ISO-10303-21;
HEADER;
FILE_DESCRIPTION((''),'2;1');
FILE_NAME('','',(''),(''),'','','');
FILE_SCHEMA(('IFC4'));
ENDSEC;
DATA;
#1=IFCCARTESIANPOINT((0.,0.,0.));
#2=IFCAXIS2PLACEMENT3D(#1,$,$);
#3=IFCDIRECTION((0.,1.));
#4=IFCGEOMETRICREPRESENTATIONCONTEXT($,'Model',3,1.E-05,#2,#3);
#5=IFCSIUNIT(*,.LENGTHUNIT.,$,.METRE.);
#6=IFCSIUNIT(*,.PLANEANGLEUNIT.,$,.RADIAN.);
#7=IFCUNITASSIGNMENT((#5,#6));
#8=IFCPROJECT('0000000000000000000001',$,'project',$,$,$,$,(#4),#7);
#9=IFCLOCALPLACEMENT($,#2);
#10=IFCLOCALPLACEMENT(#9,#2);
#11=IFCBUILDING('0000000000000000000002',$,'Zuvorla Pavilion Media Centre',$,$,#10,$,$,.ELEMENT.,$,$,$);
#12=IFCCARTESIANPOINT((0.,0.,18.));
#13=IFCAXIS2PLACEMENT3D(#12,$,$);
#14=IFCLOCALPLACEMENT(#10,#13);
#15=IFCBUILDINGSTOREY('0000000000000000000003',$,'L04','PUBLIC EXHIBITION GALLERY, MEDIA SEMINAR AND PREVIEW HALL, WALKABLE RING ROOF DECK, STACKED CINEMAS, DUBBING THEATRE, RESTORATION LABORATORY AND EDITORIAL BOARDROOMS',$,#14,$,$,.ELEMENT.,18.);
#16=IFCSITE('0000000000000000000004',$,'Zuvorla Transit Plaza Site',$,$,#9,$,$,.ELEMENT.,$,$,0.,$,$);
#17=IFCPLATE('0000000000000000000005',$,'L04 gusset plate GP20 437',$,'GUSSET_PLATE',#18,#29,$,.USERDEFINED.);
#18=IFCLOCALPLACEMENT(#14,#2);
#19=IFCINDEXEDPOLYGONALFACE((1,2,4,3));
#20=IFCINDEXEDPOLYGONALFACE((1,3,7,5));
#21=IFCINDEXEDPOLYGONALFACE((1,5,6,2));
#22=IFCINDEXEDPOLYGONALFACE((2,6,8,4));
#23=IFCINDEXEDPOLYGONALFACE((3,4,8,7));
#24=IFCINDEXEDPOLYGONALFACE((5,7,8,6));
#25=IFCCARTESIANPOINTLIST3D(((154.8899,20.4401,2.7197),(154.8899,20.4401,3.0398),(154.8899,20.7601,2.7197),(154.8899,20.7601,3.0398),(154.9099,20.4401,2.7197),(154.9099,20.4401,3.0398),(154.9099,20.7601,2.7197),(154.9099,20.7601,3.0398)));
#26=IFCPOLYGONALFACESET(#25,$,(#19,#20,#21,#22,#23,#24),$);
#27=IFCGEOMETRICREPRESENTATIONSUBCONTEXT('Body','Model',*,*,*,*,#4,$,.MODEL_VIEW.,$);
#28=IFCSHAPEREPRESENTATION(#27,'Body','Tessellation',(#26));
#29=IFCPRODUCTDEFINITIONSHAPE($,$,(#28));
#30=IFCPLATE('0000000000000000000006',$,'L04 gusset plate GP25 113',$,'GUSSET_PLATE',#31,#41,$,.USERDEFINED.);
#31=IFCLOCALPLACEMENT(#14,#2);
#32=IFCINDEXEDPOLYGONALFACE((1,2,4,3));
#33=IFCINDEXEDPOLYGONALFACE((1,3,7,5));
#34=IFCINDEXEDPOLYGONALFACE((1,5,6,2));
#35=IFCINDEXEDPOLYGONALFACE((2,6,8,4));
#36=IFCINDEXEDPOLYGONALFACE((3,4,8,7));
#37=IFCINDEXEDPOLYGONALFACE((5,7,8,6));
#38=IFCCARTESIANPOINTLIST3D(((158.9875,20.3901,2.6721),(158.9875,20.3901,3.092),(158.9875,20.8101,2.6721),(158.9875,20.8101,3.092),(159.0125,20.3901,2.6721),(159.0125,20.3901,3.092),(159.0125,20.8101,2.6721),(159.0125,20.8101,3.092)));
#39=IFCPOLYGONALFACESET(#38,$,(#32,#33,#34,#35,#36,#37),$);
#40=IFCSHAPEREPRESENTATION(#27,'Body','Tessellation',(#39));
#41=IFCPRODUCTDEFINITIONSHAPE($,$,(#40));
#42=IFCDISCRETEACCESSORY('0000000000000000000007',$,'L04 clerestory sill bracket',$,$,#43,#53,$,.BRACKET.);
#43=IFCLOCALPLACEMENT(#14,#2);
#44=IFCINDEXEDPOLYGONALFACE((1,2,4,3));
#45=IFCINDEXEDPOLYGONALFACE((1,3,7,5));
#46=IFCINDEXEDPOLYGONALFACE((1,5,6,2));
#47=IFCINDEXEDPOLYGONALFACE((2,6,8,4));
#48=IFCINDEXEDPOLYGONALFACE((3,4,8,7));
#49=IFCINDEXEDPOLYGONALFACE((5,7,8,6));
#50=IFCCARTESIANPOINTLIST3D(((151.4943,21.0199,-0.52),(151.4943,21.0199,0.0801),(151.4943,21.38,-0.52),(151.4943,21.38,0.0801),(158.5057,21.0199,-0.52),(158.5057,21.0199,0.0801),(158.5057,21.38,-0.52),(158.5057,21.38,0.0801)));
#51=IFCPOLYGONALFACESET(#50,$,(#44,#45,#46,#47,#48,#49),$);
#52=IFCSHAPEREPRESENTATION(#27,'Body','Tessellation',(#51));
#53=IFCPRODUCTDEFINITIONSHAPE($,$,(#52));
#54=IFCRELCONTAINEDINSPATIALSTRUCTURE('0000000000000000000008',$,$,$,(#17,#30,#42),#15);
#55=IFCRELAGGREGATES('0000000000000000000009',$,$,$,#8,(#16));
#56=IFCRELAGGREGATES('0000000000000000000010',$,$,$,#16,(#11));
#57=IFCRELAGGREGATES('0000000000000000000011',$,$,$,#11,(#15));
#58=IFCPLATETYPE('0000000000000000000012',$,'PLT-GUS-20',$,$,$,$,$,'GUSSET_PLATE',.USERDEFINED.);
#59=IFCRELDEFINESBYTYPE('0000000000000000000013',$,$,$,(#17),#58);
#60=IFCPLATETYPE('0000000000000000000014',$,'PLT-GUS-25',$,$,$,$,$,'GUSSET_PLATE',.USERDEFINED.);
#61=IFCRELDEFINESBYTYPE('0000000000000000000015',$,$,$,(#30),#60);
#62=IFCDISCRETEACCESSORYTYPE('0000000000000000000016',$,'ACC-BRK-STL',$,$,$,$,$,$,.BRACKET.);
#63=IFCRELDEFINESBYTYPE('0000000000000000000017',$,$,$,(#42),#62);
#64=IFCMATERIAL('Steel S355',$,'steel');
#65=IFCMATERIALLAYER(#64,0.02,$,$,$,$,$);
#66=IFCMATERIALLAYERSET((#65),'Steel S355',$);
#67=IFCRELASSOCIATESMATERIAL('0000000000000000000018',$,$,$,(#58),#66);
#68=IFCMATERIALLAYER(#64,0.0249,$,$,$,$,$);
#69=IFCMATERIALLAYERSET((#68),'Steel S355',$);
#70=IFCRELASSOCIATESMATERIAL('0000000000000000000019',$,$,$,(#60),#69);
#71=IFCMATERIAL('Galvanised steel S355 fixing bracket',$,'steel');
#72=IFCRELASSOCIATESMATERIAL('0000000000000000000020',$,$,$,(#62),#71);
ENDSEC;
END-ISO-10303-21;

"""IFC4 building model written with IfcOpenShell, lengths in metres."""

from ifc_helpers import new_model, si_unit, direction, frame, origin, origin_2d, place, context, subcontext, project, spatial, rectangle, extrude, material, layer, layer_set, type_object, element, save


model = new_model("IFC4")

# Units and contexts
model_context = context("Model", 3, precision=1e-05, world=origin(), true_north=direction((0.0, 1.0)))
body_context = subcontext(model_context, "Body", "Model", "MODEL_VIEW")
ifc_project = project(units=[si_unit("LENGTHUNIT", "METRE"), si_unit("PLANEANGLEUNIT", "RADIAN")], contexts=[model_context])

# Site, building, storey
site_placement = place(None, origin())
site = spatial("IfcSite", under=ifc_project, at=site_placement, Name="Zuvorla Transit Plaza Site", CompositionType="ELEMENT", RefElevation=0.0)
building_placement = place(site_placement, origin())
building = spatial("IfcBuilding", under=site, at=building_placement, Name="Zuvorla Pavilion Media Centre", CompositionType="ELEMENT")
storey_placement = place(building_placement, frame((0.0, 0.0, 18.0)))
storey = spatial("IfcBuildingStorey", under=building, at=storey_placement, Name="L04", Description="PUBLIC EXHIBITION GALLERY, MEDIA SEMINAR AND PREVIEW HALL, WALKABLE RING ROOF DECK, STACKED CINEMAS, DUBBING THEATRE, RESTORATION LABORATORY AND EDITORIAL BOARDROOMS", CompositionType="ELEMENT", Elevation=18.0)

# Shared definitions
ifc_material_1 = material(Name="Steel S355", Category="steel")

# Plates
ifc_layer_1 = layer(ifc_material_1, 0.02)
ifc_layer_set_1 = layer_set([ifc_layer_1], Name="Steel S355")
plate_type_1 = type_object("IfcPlateType", Name="PLT-GUS-20", ElementType="GUSSET_PLATE", PredefinedType="USERDEFINED", material=ifc_layer_set_1)
for number, where, z_axis, x_axis, name in (
    (1, (154.8999, 20.6001, 2.7197), (0.0, 0.0, 1.0), (1.0, 0.0, 0.0), "L04 gusset plate GP20 437"),
):
    element("IfcPlate", number, at=place(storey_placement, frame(where, z_axis=z_axis, x_axis=x_axis)), inside=storey, type_object=plate_type_1, Name=name, ObjectType="GUSSET_PLATE", PredefinedType="USERDEFINED", context=body_context, shape_type="SweptSolid", body=[
        extrude(rectangle(XDim=0.02, YDim=0.3201, at=origin_2d()), origin(), (0.0, 0.0, 1.0), 0.3201),
    ])
ifc_layer_2 = layer(ifc_material_1, 0.0249)
ifc_layer_set_2 = layer_set([ifc_layer_2], Name="Steel S355")
plate_type_2 = type_object("IfcPlateType", Name="PLT-GUS-25", ElementType="GUSSET_PLATE", PredefinedType="USERDEFINED", material=ifc_layer_set_2)
plate_1_placement = place(storey_placement, frame((159.0, 20.6001, 2.6721), z_axis=(0.0, 0.0, 1.0), x_axis=(1.0, 0.0, 0.0)))
element("IfcPlate", 2, at=plate_1_placement, inside=storey, type_object=plate_type_2, Name="L04 gusset plate GP25 113", ObjectType="GUSSET_PLATE", PredefinedType="USERDEFINED", context=body_context, shape_type="SweptSolid", body=[
    extrude(rectangle(XDim=0.0249, YDim=0.4199, at=origin_2d()), origin(), (0.0, 0.0, 1.0), 0.4199),
])

# Discrete accessory
ifc_material_2 = material(Name="Galvanised steel S355 fixing bracket", Category="steel")
discrete_accessory_type = type_object("IfcDiscreteAccessoryType", Name="ACC-BRK-STL", PredefinedType="BRACKET", material=ifc_material_2)
discrete_accessory_placement = place(storey_placement, frame((155.0, 21.2, -0.52), z_axis=(0.0, 0.0, 1.0), x_axis=(1.0, 0.0, 0.0)))
element("IfcDiscreteAccessory", 3, at=discrete_accessory_placement, inside=storey, type_object=discrete_accessory_type, Name="L04 clerestory sill bracket", PredefinedType="BRACKET", context=body_context, shape_type="SweptSolid", body=[
    extrude(rectangle(XDim=7.0115, YDim=0.3601, at=origin_2d()), origin(), (0.0, 0.0, 1.0), 0.6001),
])

save(model, "model.ifc")
